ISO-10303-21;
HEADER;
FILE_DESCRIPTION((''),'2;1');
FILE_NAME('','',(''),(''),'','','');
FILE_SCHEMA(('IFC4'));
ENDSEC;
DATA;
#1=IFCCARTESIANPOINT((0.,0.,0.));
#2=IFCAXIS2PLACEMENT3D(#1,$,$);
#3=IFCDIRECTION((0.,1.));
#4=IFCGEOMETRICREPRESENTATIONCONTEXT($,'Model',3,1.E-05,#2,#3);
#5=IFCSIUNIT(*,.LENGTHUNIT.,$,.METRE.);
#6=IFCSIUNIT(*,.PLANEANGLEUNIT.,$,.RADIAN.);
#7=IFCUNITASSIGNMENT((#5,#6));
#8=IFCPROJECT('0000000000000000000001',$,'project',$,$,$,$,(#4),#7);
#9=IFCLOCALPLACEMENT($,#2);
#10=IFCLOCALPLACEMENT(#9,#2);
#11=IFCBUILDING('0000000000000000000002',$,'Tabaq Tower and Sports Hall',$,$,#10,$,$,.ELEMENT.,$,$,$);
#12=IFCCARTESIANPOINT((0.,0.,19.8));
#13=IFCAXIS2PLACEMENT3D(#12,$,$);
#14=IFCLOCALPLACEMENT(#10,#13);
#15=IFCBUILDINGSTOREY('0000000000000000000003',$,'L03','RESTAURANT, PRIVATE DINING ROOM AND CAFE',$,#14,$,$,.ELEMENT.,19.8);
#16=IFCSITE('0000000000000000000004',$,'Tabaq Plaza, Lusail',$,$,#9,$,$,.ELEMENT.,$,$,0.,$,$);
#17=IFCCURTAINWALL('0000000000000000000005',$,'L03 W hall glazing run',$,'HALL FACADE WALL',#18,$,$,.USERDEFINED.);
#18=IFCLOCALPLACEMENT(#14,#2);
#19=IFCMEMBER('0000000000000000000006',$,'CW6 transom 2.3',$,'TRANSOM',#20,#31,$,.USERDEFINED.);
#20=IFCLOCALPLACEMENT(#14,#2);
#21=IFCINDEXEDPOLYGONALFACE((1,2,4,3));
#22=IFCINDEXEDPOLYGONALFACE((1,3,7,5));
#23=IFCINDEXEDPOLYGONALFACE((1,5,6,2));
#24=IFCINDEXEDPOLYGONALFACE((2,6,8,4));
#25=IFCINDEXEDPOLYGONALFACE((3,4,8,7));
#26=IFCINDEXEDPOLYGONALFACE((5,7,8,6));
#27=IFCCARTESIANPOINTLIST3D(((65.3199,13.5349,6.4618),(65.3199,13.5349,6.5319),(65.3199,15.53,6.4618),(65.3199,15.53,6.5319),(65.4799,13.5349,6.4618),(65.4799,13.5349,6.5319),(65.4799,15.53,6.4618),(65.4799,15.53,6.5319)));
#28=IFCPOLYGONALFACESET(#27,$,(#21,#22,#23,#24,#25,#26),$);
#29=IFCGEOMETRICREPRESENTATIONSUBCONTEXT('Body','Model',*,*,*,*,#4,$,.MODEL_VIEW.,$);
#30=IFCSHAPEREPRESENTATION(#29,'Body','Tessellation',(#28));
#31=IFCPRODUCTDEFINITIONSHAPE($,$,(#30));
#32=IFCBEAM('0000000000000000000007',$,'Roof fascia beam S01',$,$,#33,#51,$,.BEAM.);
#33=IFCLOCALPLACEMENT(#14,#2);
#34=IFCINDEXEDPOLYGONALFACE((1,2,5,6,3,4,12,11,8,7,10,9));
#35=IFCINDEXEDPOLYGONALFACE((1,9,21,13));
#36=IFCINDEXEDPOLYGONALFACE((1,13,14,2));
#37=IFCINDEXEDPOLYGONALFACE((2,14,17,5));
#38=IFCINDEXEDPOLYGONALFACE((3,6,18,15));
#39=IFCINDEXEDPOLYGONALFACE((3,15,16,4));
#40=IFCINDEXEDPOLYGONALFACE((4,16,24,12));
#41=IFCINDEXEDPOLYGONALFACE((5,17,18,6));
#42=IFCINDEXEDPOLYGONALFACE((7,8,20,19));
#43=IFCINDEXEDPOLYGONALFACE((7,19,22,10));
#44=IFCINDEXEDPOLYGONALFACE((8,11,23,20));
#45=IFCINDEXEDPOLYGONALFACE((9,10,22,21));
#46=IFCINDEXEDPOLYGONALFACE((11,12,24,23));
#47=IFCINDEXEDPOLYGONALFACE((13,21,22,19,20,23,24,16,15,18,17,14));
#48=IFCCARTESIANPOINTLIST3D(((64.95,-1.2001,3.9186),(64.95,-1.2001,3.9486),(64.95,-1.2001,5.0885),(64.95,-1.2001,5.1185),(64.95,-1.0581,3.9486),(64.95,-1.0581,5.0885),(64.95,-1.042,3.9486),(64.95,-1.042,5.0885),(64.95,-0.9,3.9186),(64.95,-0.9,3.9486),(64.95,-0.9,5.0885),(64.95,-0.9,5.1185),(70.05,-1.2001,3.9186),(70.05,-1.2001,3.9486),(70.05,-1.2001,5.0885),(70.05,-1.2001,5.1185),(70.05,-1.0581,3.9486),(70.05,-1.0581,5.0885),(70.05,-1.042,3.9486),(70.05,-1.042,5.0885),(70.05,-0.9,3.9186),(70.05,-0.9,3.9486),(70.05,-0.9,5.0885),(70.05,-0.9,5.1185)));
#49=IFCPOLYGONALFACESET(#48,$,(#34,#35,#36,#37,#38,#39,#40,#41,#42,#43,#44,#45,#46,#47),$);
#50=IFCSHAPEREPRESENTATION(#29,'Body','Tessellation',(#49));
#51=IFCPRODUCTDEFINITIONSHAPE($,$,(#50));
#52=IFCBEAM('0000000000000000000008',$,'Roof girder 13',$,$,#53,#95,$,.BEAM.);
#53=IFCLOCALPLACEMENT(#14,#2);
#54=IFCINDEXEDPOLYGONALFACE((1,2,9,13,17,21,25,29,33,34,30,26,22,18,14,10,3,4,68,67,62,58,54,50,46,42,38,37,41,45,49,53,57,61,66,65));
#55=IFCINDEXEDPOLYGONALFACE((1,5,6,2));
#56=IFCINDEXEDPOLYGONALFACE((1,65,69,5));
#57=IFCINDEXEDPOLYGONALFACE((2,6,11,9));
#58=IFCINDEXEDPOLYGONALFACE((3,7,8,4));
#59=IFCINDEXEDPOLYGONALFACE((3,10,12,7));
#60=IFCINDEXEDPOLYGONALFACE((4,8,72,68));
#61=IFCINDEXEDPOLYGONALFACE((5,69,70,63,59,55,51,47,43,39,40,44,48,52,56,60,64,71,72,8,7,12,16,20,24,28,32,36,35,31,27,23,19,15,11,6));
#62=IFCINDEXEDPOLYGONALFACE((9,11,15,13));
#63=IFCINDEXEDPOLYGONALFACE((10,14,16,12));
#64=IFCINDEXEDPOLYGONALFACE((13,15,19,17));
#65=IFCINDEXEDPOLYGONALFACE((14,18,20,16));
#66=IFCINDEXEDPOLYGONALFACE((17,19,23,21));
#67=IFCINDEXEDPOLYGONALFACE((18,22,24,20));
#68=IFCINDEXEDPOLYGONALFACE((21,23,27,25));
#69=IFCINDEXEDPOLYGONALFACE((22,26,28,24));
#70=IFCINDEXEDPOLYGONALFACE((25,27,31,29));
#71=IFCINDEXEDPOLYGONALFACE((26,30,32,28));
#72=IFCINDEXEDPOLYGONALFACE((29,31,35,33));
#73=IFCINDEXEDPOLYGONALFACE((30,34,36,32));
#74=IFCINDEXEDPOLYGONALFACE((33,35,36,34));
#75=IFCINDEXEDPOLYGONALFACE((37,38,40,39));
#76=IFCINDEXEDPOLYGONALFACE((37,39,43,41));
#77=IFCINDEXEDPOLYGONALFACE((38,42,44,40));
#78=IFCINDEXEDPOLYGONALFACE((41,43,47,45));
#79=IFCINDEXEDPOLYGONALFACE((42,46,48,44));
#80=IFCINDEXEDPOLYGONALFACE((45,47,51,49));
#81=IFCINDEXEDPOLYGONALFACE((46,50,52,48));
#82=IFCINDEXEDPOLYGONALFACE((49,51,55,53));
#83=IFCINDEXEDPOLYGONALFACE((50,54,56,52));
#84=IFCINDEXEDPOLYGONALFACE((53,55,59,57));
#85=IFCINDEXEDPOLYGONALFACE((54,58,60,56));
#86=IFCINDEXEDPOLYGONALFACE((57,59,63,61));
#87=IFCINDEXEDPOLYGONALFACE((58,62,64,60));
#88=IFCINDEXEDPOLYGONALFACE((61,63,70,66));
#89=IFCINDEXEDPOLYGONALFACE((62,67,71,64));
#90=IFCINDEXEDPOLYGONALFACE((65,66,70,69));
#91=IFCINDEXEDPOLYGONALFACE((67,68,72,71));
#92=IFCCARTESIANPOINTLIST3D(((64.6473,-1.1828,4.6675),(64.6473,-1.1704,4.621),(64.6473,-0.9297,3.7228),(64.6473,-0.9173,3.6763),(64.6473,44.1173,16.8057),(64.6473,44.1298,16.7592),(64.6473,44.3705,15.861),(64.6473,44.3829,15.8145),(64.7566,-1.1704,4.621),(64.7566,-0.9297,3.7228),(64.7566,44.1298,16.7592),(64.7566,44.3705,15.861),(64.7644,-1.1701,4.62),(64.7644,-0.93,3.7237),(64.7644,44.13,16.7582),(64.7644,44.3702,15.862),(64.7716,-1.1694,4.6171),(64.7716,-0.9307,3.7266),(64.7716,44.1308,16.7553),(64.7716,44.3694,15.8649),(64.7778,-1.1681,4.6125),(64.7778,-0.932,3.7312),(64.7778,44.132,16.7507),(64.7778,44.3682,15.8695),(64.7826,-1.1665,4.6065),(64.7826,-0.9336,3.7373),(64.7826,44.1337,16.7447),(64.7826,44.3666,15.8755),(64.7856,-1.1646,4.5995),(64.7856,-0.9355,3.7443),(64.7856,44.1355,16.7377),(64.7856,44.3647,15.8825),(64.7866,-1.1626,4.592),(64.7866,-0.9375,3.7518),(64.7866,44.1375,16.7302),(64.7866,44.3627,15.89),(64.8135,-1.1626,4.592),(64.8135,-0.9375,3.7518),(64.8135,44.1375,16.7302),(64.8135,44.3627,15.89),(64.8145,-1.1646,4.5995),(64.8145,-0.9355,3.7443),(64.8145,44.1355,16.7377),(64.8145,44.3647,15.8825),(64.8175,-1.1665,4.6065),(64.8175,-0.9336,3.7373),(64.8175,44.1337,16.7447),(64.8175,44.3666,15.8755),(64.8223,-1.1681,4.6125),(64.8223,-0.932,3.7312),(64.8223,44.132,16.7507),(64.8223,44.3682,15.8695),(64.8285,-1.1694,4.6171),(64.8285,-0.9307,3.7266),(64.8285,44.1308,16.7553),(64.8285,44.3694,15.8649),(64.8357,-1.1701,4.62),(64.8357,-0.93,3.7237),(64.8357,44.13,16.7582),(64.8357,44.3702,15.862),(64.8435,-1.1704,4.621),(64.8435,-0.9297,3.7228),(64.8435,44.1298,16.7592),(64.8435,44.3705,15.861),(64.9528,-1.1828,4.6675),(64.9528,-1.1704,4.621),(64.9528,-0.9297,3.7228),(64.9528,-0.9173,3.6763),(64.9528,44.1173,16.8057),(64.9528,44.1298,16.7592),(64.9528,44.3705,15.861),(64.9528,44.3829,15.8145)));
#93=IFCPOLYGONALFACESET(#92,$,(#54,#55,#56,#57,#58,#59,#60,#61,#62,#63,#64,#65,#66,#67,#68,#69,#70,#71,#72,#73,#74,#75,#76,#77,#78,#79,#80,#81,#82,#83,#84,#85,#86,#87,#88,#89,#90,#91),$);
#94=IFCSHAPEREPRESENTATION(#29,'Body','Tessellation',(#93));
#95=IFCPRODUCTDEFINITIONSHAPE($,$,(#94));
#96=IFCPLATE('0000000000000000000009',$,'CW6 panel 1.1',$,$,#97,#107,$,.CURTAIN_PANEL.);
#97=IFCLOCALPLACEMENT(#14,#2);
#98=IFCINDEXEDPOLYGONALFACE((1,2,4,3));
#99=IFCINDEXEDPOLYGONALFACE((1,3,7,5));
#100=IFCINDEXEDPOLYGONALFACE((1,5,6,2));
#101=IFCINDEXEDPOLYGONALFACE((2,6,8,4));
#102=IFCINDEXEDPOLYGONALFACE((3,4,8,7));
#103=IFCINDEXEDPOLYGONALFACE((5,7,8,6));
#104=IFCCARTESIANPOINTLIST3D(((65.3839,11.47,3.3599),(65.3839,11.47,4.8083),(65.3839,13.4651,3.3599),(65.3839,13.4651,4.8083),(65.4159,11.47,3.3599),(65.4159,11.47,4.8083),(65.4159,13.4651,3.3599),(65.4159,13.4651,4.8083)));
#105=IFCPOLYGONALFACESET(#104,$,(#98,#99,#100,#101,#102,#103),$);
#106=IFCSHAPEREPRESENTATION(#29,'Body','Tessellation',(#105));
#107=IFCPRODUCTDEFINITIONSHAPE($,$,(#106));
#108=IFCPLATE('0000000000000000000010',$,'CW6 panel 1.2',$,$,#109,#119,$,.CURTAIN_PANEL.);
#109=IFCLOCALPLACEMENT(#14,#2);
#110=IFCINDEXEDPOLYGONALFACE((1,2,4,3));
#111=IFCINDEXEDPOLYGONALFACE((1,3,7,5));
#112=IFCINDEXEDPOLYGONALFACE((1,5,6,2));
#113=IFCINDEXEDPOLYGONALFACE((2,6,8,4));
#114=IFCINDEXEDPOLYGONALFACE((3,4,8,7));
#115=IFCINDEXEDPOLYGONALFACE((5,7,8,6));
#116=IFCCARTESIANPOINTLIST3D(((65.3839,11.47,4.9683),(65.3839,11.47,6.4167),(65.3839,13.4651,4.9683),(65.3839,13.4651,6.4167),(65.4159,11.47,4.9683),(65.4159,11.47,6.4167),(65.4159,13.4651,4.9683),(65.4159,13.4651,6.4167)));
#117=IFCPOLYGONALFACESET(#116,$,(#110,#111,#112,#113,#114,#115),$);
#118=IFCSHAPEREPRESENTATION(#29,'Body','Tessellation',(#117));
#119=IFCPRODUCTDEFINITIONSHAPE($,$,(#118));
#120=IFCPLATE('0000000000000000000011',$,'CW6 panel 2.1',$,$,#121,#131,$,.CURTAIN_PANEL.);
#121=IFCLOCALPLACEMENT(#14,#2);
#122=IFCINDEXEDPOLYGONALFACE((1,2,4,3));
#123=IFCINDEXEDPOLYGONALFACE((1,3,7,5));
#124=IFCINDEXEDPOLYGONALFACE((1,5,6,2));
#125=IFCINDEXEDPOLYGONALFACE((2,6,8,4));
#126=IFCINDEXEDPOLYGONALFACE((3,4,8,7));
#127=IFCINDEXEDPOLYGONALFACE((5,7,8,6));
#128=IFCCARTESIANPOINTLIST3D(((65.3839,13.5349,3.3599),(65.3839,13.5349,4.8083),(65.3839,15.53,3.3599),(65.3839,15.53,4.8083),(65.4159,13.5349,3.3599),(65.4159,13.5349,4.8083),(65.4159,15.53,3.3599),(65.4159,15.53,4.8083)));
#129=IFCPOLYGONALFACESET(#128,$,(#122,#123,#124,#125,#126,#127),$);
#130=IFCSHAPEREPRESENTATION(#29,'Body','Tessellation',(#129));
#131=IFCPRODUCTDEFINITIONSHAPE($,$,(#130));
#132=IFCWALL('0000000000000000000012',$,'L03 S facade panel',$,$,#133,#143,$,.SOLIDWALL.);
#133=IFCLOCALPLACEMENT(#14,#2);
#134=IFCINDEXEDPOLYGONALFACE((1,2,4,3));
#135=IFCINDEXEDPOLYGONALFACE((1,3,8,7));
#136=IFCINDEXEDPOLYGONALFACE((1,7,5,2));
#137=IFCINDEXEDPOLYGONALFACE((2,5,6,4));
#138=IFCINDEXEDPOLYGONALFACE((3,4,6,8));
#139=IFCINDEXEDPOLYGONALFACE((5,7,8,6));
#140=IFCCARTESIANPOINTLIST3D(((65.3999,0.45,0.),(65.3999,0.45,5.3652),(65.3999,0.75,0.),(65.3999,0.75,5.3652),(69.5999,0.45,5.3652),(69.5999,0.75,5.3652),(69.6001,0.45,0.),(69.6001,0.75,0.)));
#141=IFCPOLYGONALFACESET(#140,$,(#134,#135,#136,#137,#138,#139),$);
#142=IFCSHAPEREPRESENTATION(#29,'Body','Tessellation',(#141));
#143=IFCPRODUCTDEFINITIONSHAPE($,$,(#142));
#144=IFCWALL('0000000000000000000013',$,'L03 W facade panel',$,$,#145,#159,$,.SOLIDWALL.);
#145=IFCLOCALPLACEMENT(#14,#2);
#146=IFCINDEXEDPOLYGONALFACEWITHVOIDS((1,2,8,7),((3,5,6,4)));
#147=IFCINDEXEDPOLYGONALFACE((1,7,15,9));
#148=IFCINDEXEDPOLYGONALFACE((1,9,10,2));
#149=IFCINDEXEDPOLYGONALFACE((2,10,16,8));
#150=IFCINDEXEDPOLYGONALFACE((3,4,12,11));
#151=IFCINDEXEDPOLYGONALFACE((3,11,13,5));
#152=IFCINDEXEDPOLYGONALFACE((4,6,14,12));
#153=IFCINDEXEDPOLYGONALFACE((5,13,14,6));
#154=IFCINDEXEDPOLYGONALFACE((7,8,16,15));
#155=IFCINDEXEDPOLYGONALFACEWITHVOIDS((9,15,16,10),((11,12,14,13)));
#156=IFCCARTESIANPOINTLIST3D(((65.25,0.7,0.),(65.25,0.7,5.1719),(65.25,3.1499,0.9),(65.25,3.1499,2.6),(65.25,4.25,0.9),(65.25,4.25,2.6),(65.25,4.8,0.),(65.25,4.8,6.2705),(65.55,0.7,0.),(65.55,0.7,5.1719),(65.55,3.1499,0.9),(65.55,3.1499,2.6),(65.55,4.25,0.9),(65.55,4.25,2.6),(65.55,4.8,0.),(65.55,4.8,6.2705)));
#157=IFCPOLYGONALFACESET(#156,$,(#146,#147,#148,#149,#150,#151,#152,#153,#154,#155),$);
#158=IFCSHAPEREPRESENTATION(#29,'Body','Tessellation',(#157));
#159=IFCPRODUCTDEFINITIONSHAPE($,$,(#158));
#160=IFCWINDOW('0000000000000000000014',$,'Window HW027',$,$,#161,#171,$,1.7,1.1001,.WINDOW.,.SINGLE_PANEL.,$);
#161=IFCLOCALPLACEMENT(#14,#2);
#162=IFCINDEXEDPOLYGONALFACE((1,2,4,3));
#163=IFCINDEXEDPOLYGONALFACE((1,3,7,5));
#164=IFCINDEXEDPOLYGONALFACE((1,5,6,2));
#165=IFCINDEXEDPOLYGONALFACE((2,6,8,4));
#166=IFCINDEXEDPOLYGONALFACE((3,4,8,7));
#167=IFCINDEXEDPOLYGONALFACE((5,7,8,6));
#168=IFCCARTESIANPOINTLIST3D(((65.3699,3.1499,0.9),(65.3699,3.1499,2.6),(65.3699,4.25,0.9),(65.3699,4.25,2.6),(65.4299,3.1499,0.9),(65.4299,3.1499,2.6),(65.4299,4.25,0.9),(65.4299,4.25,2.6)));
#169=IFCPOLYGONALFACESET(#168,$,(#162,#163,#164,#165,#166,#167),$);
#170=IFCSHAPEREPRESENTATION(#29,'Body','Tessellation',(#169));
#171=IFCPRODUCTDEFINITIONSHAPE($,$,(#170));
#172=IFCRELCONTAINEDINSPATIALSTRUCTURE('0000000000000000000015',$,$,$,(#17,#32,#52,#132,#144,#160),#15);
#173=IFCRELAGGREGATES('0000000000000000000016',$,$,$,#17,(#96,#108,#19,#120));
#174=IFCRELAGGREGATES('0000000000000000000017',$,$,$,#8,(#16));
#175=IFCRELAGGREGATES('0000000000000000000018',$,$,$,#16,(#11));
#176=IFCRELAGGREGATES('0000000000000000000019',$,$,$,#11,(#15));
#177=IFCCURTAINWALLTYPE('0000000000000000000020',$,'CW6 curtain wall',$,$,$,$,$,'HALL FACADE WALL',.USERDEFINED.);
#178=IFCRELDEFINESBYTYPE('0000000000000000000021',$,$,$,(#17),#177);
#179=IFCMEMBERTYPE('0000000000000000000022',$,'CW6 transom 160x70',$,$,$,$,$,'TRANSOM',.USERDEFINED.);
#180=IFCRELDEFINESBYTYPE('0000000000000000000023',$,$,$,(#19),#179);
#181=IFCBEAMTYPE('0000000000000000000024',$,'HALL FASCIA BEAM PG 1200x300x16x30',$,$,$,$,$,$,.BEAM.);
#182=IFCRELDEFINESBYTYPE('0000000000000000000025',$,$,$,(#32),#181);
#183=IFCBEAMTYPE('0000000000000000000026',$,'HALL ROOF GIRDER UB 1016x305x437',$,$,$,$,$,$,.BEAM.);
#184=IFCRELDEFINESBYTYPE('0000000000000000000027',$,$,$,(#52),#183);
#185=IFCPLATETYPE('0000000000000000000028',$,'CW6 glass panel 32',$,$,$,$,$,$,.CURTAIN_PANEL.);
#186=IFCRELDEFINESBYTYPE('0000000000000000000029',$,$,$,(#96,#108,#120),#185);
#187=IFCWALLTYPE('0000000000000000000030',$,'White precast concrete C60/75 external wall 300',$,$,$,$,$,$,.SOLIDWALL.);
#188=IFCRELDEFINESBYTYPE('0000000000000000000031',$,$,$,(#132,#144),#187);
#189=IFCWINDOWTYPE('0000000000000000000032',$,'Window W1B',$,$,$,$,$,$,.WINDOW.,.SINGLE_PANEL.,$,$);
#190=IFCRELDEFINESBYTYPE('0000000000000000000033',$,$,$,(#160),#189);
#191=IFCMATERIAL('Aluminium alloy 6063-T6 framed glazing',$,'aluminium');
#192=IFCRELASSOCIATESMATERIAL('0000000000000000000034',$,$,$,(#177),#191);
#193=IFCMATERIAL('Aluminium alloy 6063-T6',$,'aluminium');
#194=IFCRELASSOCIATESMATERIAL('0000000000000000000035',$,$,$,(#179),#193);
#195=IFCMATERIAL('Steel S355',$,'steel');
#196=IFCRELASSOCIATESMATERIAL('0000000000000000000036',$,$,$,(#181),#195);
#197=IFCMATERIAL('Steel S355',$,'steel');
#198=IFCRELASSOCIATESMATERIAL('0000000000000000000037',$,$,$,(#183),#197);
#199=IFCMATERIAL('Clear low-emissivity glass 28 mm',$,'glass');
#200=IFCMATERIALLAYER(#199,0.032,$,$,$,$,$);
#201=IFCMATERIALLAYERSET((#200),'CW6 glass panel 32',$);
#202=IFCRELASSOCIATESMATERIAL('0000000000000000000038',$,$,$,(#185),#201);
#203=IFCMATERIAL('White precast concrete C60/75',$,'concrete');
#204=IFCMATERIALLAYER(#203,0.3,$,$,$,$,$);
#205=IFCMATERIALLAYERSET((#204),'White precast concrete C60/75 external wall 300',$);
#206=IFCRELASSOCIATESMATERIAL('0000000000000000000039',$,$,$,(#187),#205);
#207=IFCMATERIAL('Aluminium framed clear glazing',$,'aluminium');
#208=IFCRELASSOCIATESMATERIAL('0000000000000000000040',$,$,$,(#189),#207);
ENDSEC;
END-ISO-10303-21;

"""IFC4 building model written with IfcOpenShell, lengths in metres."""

from ifc_helpers import new_model, si_unit, direction, frame, frame_2d, origin, origin_2d, place, context, subcontext, project, spatial, polyline, rectangle, i_section, outline, extrude, material, layer, layer_set, material_profile, profile_set, type_object, element, fill, aggregate, save


model = new_model("IFC4")

# Units and contexts
model_context = context("Model", 3, precision=1e-05, world=origin(), true_north=direction((0.0, 1.0)))
body_context = subcontext(model_context, "Body", "Model", "MODEL_VIEW")
ifc_project = project(units=[si_unit("LENGTHUNIT", "METRE"), si_unit("PLANEANGLEUNIT", "RADIAN")], contexts=[model_context])

# Site, building, storey
site_placement = place(None, origin())
site = spatial("IfcSite", under=ifc_project, at=site_placement, Name="Tabaq Plaza, Lusail", CompositionType="ELEMENT", RefElevation=0.0)
building_placement = place(site_placement, origin())
building = spatial("IfcBuilding", under=site, at=building_placement, Name="Tabaq Tower and Sports Hall", CompositionType="ELEMENT")
storey_placement = place(building_placement, frame((0.0, 0.0, 19.8)))
storey = spatial("IfcBuildingStorey", under=building, at=storey_placement, Name="L03", Description="RESTAURANT, PRIVATE DINING ROOM AND CAFE", CompositionType="ELEMENT", Elevation=19.8)

# Curtain wall, member
ifc_material_1 = material(Name="Aluminium alloy 6063-T6 framed glazing", Category="aluminium")
curtain_wall_type = type_object("IfcCurtainWallType", Name="CW6 curtain wall", ElementType="HALL FACADE WALL", PredefinedType="USERDEFINED", material=ifc_material_1)
curtain_wall_placement = place(storey_placement, origin())
curtain_wall = element("IfcCurtainWall", 1, at=curtain_wall_placement, inside=storey, type_object=curtain_wall_type, Name="L03 W hall glazing run", ObjectType="HALL FACADE WALL", PredefinedType="USERDEFINED")
ifc_material_2 = material(Name="Aluminium alloy 6063-T6", Category="aluminium")
ifc_material_profile_1 = material_profile(ifc_material_2, rectangle(XDim=0.1599, YDim=0.0701, at=origin_2d()), Name="TRANSOM 160x70")
ifc_profile_set_1 = profile_set([ifc_material_profile_1], Name="Aluminium alloy 6063-T6")
member_type_1 = type_object("IfcMemberType", Name="CW6 transom 160x70", ElementType="TRANSOM", PredefinedType="USERDEFINED", material=ifc_profile_set_1)
member_1_placement = place(storey_placement, frame((65.3999, 13.5349, 6.4968), z_axis=(0.0, 1.0, 0.0), x_axis=(-1.0, 0.0, 0.0)))
member_1 = element("IfcMember", 2, at=member_1_placement, type_object=member_type_1, Name="CW6 transom 2.3", ObjectType="TRANSOM", PredefinedType="USERDEFINED", context=body_context, shape_type="SweptSolid", body=[
    extrude(rectangle(XDim=0.1599, YDim=0.0701, at=origin_2d()), origin(), (0.0, 0.0, 1.0), 1.9951),
])

# Beams
ifc_material_3 = material(Name="Steel S355", Category="steel")
ifc_material_profile_2 = material_profile(ifc_material_3, i_section(OverallWidth=0.3, OverallDepth=1.2, WebThickness=0.0161, FlangeThickness=0.03, at=origin_2d()), Name="PG 1200x300x16x30")
ifc_profile_set_2 = profile_set([ifc_material_profile_2], Name="Steel S355")
beam_type_1 = type_object("IfcBeamType", Name="HALL FASCIA BEAM PG 1200x300x16x30", PredefinedType="BEAM", material=ifc_profile_set_2)
beam_1_placement = place(storey_placement, frame((64.95, -1.05, 4.5186), z_axis=(1.0, 0.0, 0.0), x_axis=(0.0, 1.0, 0.0)))
element("IfcBeam", 3, at=beam_1_placement, inside=storey, type_object=beam_type_1, Name="Roof fascia beam S01", PredefinedType="BEAM", context=body_context, shape_type="SweptSolid", body=[
    extrude(i_section(OverallWidth=0.3, OverallDepth=1.2, WebThickness=0.0161, FlangeThickness=0.03, at=origin_2d()), origin(), (0.0, 0.0, 1.0), 5.1001),
])
ifc_material_4 = material(Name="Steel S355", Category="steel")
ifc_material_profile_3 = material_profile(ifc_material_4, i_section(OverallWidth=0.3054, OverallDepth=1.0261, WebThickness=0.0269, FlangeThickness=0.0481, FilletRadius=0.03, at=origin_2d()), Name="UB 1016x305x437")
ifc_profile_set_3 = profile_set([ifc_material_profile_3], Name="Steel S355")
beam_type_2 = type_object("IfcBeamType", Name="HALL ROOF GIRDER UB 1016x305x437", PredefinedType="BEAM", material=ifc_profile_set_3)
beam_2_placement = place(storey_placement, frame((64.8, -1.05, 4.1719), z_axis=(0.0, 0.965925, 0.25882), x_axis=(-1.0, 0.0, 0.0)))
element("IfcBeam", 4, at=beam_2_placement, inside=storey, type_object=beam_type_2, Name="Roof girder 13", PredefinedType="BEAM", context=body_context, shape_type="SweptSolid", body=[
    extrude(i_section(OverallWidth=0.3054, OverallDepth=1.0261, WebThickness=0.0269, FlangeThickness=0.0481, FilletRadius=0.03, at=origin_2d()), origin(), (0.0, 0.0, 1.0), 46.8982),
])

# Plates
ifc_material_5 = material(Name="Clear low-emissivity glass 28 mm", Category="glass")
ifc_layer_1 = layer(ifc_material_5, 0.032)
ifc_layer_set_1 = layer_set([ifc_layer_1], Name="CW6 glass panel 32")
plate_type = type_object("IfcPlateType", Name="CW6 glass panel 32", PredefinedType="CURTAIN_PANEL", material=ifc_layer_set_1)
plate_1_placement = place(storey_placement, frame((65.3999, 12.4675, 3.3599), z_axis=(0.0, 0.0, 1.0), x_axis=(0.0, 1.0, 0.0)))
plate_1 = element("IfcPlate", 5, at=plate_1_placement, type_object=plate_type, Name="CW6 panel 1.1", PredefinedType="CURTAIN_PANEL", context=body_context, shape_type="SweptSolid", body=[
    extrude(rectangle(XDim=1.9951, YDim=0.032, at=origin_2d()), origin(), (0.0, 0.0, 1.0), 1.4485),
])
plate_2_placement = place(storey_placement, frame((65.3999, 12.4675, 4.9683), z_axis=(0.0, 0.0, 1.0), x_axis=(0.0, 1.0, 0.0)))
plate_2 = element("IfcPlate", 6, at=plate_2_placement, type_object=plate_type, Name="CW6 panel 1.2", PredefinedType="CURTAIN_PANEL", context=body_context, shape_type="SweptSolid", body=[
    extrude(rectangle(XDim=1.9951, YDim=0.032, at=origin_2d()), origin(), (0.0, 0.0, 1.0), 1.4485),
])
plate_3_placement = place(storey_placement, frame((65.3999, 14.5325, 3.3599), z_axis=(0.0, 0.0, 1.0), x_axis=(0.0, 1.0, 0.0)))
plate_3 = element("IfcPlate", 7, at=plate_3_placement, type_object=plate_type, Name="CW6 panel 2.1", PredefinedType="CURTAIN_PANEL", context=body_context, shape_type="SweptSolid", body=[
    extrude(rectangle(XDim=1.9951, YDim=0.032, at=origin_2d()), origin(), (0.0, 0.0, 1.0), 1.4485),
])
aggregate(curtain_wall, [plate_1, plate_2, member_1, plate_3])

# Wall
ifc_material_6 = material(Name="White precast concrete C60/75", Category="concrete")
ifc_layer_2 = layer(ifc_material_6, 0.3)
ifc_layer_set_2 = layer_set([ifc_layer_2], Name="White precast concrete C60/75 external wall 300")
wall_type_1 = type_object("IfcWallType", Name="White precast concrete C60/75 external wall 300", PredefinedType="SOLIDWALL", material=ifc_layer_set_2)
wall_1_placement = place(storey_placement, frame((65.3999, 0.6001, 0.0), z_axis=(0.0, 0.0, 1.0), x_axis=(1.0, 0.0, 0.0)))
element("IfcWall", 8, at=wall_1_placement, inside=storey, type_object=wall_type_1, Name="L03 S facade panel", PredefinedType="SOLIDWALL", context=body_context, shape_type="SweptSolid", body=[
    extrude(outline(polyline([(0.0, 0.0), (4.2002, 0.0), (4.2, 5.3652), (0.0, 5.3652), (0.0, 0.0)])), frame((0.0, 0.1499, 0.0), z_axis=(0.0, -1.0, 0.0), x_axis=(1.0, 0.0, 0.0)), (0.0, 0.0, 1.0), 0.3),
])

# Wall, opening, window
wall_2_placement = place(storey_placement, frame((65.3999, 0.7, 0.0), z_axis=(0.0, 0.0, 1.0), x_axis=(0.0, 1.0, 0.0)))
wall_2 = element("IfcWall", 9, at=wall_2_placement, inside=storey, type_object=wall_type_1, Name="L03 W facade panel", PredefinedType="SOLIDWALL", context=body_context, shape_type="SweptSolid", body=[
    extrude(outline(polyline([(0.0, 0.0), (4.1001, 0.0), (4.1001, 6.2705), (0.0, 5.1719), (0.0, 0.0)])), frame((0.0, 0.1499, 0.0), z_axis=(0.0, -1.0, 0.0), x_axis=(1.0, 0.0, 0.0)), (0.0, 0.0, 1.0), 0.3),
])
opening_1_placement = place(wall_2_placement, frame((2.45, 0.0, 0.8999)))
opening_1 = element("IfcOpeningElement", 10, at=opening_1_placement, cuts=wall_2, PredefinedType="OPENING", context=body_context, shape_type="SweptSolid", body=[
    extrude(rectangle(XDim=1.1001, YDim=1.7, at=frame_2d((0.55, 0.8501))), frame((0.0, 0.1499, 0.0), z_axis=(0.0, -1.0, 0.0), x_axis=(1.0, 0.0, 0.0)), (0.0, 0.0, 1.0), 0.3),
])
ifc_material_7 = material(Name="Aluminium framed clear glazing", Category="aluminium")
window_type_1 = type_object("IfcWindowType", Name="Window W1B", PartitioningType="SINGLE_PANEL", PredefinedType="WINDOW", material=ifc_material_7)
window_1_placement = place(opening_1_placement, origin())
window_1 = element("IfcWindow", 11, at=window_1_placement, inside=storey, type_object=window_type_1, Name="Window HW027", OverallHeight=1.7, OverallWidth=1.1001, PartitioningType="SINGLE_PANEL", PredefinedType="WINDOW", context=body_context, shape_type="SweptSolid", body=[
    extrude(rectangle(XDim=1.1001, YDim=1.7, at=frame_2d((0.55, 0.8501))), frame((0.0, 0.03, 0.0), z_axis=(0.0, -1.0, 0.0), x_axis=(1.0, 0.0, 0.0)), (0.0, 0.0, 1.0), 0.0601),
])
fill(opening_1, window_1)

save(model, "model.ifc")
